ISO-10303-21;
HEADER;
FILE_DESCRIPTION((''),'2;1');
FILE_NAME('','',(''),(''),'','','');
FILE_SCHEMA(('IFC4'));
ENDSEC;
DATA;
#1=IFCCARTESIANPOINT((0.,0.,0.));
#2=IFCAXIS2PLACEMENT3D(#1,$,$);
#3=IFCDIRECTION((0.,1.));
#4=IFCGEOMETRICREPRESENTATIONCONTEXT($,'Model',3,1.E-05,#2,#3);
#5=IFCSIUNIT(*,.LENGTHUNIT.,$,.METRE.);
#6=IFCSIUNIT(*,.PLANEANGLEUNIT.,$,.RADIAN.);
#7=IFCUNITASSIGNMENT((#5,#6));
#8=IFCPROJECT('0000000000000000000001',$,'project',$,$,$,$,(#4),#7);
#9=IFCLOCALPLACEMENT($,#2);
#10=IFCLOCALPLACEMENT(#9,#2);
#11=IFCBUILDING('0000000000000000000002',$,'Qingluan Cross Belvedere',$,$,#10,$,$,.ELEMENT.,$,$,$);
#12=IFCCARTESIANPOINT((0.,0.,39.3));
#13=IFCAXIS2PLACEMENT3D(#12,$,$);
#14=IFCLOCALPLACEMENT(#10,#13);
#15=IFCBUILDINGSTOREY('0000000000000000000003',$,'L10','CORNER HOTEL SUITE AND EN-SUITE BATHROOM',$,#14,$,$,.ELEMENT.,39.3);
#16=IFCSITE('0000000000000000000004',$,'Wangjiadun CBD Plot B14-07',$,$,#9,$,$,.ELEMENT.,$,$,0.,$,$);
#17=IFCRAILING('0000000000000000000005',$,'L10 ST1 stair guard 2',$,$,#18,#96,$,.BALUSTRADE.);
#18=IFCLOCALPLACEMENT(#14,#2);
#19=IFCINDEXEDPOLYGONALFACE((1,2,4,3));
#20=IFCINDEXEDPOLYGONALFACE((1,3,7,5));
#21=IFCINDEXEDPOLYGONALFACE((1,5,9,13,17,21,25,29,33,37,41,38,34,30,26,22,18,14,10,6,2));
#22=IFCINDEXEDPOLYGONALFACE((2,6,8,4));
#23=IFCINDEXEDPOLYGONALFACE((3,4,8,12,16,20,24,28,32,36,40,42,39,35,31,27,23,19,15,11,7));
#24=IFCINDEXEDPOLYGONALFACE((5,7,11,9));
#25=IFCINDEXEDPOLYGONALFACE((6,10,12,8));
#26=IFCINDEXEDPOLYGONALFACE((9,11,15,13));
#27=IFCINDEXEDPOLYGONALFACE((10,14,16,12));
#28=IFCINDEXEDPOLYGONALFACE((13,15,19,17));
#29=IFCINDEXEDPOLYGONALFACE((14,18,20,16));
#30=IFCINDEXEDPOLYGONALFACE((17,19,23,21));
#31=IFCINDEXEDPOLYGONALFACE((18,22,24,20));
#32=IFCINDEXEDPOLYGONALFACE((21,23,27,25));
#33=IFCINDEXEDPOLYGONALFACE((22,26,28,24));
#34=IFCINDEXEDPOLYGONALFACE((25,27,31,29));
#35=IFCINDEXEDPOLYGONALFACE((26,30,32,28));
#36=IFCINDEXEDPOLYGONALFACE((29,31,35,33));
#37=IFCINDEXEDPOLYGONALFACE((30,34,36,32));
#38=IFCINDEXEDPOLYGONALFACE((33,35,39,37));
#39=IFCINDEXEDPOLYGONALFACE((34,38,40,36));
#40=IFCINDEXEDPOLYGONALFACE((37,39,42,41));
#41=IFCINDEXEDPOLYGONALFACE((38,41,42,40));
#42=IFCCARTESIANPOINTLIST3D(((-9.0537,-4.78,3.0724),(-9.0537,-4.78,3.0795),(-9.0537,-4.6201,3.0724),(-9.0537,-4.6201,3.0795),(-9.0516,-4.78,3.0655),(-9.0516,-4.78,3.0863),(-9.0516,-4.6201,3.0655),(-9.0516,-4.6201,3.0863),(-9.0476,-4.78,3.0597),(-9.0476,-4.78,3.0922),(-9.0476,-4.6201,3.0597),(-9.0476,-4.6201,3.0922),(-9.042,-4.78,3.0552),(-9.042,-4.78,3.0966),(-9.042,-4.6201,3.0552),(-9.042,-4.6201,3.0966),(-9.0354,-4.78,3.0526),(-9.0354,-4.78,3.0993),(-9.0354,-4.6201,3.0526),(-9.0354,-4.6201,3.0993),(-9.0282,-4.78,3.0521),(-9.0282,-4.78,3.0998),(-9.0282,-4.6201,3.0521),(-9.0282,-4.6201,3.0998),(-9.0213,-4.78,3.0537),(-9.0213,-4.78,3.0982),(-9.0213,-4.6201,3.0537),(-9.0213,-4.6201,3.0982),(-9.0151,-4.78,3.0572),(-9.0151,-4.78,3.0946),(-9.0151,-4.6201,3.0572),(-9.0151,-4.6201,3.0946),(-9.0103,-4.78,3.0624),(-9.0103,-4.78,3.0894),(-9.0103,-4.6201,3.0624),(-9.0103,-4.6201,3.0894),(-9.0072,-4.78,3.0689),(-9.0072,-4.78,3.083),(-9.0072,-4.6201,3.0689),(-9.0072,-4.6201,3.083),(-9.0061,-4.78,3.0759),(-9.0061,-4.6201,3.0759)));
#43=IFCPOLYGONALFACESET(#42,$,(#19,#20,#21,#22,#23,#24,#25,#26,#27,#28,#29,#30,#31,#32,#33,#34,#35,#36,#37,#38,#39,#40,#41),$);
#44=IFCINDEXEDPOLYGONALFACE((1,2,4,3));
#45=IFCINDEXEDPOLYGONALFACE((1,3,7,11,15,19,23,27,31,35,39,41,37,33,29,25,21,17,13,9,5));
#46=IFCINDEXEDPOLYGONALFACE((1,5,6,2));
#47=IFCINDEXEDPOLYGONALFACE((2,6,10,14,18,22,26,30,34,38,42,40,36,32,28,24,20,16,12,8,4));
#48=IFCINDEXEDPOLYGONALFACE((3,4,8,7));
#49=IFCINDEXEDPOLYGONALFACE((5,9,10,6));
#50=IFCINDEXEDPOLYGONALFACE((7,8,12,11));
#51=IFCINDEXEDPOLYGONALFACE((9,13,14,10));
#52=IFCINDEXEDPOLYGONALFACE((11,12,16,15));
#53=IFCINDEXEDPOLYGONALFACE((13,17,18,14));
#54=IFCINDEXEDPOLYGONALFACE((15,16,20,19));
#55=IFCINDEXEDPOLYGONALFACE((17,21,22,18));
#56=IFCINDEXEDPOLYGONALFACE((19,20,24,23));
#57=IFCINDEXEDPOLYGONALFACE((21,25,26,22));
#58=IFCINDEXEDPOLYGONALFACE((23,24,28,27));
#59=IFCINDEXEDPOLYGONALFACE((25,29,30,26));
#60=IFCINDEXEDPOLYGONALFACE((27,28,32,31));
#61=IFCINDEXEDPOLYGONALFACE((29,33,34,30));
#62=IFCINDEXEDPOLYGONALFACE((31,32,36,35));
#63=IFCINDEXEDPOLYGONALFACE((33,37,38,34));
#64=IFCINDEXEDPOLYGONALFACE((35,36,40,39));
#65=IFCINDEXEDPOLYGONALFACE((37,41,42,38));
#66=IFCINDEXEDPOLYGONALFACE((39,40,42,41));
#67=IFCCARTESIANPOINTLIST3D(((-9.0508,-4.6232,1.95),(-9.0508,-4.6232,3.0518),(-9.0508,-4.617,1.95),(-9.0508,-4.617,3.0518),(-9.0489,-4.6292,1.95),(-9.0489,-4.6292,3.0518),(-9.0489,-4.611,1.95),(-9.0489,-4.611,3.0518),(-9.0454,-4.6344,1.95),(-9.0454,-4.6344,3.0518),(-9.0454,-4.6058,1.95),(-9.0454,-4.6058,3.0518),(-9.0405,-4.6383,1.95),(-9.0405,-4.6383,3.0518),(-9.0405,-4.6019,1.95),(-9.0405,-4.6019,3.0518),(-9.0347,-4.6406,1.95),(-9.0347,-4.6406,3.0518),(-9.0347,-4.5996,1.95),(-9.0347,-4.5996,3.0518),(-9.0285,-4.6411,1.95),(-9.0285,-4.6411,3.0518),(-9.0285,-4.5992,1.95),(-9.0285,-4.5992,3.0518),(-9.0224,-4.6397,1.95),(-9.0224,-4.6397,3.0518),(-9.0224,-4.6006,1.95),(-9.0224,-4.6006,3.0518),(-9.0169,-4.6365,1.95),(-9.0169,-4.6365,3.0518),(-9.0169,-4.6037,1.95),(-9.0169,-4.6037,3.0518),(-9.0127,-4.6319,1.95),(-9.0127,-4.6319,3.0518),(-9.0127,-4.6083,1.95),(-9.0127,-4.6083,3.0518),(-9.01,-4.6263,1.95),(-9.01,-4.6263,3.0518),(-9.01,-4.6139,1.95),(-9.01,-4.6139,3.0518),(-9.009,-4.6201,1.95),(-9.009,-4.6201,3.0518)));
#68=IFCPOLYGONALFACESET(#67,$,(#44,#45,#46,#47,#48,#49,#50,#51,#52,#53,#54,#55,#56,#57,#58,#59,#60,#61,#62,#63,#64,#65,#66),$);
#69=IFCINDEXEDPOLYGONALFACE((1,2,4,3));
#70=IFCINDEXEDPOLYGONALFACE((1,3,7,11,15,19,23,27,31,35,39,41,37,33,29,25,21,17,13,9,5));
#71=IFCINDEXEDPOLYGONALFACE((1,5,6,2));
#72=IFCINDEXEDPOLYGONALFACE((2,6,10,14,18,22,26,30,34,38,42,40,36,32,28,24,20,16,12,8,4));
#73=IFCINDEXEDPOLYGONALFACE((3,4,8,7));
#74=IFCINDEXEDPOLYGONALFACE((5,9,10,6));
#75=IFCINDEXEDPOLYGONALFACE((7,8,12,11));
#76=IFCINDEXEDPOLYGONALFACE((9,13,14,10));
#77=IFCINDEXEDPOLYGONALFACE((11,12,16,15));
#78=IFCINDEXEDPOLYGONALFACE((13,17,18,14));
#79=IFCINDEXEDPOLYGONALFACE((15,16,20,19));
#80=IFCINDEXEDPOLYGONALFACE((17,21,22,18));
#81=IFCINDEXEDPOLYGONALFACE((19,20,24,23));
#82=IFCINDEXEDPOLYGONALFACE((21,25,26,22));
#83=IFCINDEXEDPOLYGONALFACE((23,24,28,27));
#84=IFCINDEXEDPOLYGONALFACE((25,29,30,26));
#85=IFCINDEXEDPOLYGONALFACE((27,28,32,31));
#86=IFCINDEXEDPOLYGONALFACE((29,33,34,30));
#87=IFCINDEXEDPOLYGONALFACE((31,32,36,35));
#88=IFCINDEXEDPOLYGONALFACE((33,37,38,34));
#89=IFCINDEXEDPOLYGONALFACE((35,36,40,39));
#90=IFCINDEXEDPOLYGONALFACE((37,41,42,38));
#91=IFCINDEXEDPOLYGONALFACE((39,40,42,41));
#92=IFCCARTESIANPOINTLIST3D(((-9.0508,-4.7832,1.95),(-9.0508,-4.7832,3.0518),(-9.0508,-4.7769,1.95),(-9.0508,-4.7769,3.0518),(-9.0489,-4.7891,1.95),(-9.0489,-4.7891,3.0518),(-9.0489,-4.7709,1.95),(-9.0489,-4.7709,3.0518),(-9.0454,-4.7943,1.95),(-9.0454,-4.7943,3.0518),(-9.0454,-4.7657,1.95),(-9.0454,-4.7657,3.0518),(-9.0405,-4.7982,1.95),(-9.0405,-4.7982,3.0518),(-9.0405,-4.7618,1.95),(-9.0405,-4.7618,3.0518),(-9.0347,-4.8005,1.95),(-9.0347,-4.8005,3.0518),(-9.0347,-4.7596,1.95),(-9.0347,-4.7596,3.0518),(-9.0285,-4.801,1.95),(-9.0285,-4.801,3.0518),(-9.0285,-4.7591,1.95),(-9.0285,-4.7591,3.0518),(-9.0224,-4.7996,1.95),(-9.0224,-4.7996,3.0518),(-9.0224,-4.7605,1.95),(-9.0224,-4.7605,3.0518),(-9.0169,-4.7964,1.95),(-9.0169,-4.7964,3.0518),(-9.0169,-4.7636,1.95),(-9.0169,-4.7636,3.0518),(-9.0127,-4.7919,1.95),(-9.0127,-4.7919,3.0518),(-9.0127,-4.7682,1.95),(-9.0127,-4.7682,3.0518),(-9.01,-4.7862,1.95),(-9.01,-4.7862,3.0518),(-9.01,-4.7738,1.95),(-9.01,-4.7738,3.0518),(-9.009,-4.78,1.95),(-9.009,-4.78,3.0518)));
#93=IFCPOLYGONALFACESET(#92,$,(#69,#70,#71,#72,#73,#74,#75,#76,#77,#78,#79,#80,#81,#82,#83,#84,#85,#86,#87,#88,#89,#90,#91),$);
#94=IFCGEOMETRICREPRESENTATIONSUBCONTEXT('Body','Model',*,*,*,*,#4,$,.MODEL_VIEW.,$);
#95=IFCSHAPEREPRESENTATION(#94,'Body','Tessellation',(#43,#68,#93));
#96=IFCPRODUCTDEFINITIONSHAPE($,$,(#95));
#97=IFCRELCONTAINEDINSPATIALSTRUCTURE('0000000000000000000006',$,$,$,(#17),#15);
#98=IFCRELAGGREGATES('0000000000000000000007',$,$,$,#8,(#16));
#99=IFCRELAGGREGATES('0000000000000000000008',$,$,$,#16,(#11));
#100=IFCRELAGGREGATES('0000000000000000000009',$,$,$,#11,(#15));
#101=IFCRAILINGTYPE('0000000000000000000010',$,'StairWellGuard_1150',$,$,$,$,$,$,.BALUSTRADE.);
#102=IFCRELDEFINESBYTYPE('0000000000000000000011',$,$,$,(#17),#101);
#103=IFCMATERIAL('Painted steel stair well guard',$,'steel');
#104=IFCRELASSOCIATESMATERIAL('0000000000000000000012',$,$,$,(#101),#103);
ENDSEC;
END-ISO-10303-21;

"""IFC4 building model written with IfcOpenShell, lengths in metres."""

from ifc_helpers import new_model, si_unit, direction, frame, origin, origin_2d, place, context, subcontext, project, spatial, circle, extrude, material, type_object, element, save


model = new_model("IFC4")

# Units and contexts
model_context = context("Model", 3, precision=1e-05, world=origin(), true_north=direction((0.0, 1.0)))
body_context = subcontext(model_context, "Body", "Model", "MODEL_VIEW")
ifc_project = project(units=[si_unit("LENGTHUNIT", "METRE"), si_unit("PLANEANGLEUNIT", "RADIAN")], contexts=[model_context])

# Site, building, storey
site_placement = place(None, origin())
site = spatial("IfcSite", under=ifc_project, at=site_placement, Name="Wangjiadun CBD Plot B14-07", CompositionType="ELEMENT", RefElevation=0.0)
building_placement = place(site_placement, origin())
building = spatial("IfcBuilding", under=site, at=building_placement, Name="Qingluan Cross Belvedere", CompositionType="ELEMENT")
storey_placement = place(building_placement, frame((0.0, 0.0, 39.3)))
storey = spatial("IfcBuildingStorey", under=building, at=storey_placement, Name="L10", Description="CORNER HOTEL SUITE AND EN-SUITE BATHROOM", CompositionType="ELEMENT", Elevation=39.3)

# Railing
ifc_material_1 = material(Name="Painted steel stair well guard", Category="steel")
railing_type_1 = type_object("IfcRailingType", Name="StairWellGuard_1150", PredefinedType="BALUSTRADE", material=ifc_material_1)
railing_1_placement = place(storey_placement, frame((-9.03, -4.6201, 1.95)))
element("IfcRailing", 1, at=railing_1_placement, inside=storey, type_object=railing_type_1, Name="L10 ST1 stair guard 2", PredefinedType="BALUSTRADE", context=body_context, shape_type="SweptSolid", body=[
    extrude(circle(Radius=0.0239, at=origin_2d()), frame((0.0, 0.0, 1.126), z_axis=(0.0, -1.0, 0.0), x_axis=(1.0, 0.0, 0.0)), (0.0, 0.0, 1.0), 0.1599),
    extrude(circle(Radius=0.021, at=origin_2d()), origin(), (0.0, 0.0, 1.0), 1.1018),
    extrude(circle(Radius=0.021, at=origin_2d()), frame((0.0, -0.1599, 0.0)), (0.0, 0.0, 1.0), 1.1018),
])

save(model, "model.ifc")
